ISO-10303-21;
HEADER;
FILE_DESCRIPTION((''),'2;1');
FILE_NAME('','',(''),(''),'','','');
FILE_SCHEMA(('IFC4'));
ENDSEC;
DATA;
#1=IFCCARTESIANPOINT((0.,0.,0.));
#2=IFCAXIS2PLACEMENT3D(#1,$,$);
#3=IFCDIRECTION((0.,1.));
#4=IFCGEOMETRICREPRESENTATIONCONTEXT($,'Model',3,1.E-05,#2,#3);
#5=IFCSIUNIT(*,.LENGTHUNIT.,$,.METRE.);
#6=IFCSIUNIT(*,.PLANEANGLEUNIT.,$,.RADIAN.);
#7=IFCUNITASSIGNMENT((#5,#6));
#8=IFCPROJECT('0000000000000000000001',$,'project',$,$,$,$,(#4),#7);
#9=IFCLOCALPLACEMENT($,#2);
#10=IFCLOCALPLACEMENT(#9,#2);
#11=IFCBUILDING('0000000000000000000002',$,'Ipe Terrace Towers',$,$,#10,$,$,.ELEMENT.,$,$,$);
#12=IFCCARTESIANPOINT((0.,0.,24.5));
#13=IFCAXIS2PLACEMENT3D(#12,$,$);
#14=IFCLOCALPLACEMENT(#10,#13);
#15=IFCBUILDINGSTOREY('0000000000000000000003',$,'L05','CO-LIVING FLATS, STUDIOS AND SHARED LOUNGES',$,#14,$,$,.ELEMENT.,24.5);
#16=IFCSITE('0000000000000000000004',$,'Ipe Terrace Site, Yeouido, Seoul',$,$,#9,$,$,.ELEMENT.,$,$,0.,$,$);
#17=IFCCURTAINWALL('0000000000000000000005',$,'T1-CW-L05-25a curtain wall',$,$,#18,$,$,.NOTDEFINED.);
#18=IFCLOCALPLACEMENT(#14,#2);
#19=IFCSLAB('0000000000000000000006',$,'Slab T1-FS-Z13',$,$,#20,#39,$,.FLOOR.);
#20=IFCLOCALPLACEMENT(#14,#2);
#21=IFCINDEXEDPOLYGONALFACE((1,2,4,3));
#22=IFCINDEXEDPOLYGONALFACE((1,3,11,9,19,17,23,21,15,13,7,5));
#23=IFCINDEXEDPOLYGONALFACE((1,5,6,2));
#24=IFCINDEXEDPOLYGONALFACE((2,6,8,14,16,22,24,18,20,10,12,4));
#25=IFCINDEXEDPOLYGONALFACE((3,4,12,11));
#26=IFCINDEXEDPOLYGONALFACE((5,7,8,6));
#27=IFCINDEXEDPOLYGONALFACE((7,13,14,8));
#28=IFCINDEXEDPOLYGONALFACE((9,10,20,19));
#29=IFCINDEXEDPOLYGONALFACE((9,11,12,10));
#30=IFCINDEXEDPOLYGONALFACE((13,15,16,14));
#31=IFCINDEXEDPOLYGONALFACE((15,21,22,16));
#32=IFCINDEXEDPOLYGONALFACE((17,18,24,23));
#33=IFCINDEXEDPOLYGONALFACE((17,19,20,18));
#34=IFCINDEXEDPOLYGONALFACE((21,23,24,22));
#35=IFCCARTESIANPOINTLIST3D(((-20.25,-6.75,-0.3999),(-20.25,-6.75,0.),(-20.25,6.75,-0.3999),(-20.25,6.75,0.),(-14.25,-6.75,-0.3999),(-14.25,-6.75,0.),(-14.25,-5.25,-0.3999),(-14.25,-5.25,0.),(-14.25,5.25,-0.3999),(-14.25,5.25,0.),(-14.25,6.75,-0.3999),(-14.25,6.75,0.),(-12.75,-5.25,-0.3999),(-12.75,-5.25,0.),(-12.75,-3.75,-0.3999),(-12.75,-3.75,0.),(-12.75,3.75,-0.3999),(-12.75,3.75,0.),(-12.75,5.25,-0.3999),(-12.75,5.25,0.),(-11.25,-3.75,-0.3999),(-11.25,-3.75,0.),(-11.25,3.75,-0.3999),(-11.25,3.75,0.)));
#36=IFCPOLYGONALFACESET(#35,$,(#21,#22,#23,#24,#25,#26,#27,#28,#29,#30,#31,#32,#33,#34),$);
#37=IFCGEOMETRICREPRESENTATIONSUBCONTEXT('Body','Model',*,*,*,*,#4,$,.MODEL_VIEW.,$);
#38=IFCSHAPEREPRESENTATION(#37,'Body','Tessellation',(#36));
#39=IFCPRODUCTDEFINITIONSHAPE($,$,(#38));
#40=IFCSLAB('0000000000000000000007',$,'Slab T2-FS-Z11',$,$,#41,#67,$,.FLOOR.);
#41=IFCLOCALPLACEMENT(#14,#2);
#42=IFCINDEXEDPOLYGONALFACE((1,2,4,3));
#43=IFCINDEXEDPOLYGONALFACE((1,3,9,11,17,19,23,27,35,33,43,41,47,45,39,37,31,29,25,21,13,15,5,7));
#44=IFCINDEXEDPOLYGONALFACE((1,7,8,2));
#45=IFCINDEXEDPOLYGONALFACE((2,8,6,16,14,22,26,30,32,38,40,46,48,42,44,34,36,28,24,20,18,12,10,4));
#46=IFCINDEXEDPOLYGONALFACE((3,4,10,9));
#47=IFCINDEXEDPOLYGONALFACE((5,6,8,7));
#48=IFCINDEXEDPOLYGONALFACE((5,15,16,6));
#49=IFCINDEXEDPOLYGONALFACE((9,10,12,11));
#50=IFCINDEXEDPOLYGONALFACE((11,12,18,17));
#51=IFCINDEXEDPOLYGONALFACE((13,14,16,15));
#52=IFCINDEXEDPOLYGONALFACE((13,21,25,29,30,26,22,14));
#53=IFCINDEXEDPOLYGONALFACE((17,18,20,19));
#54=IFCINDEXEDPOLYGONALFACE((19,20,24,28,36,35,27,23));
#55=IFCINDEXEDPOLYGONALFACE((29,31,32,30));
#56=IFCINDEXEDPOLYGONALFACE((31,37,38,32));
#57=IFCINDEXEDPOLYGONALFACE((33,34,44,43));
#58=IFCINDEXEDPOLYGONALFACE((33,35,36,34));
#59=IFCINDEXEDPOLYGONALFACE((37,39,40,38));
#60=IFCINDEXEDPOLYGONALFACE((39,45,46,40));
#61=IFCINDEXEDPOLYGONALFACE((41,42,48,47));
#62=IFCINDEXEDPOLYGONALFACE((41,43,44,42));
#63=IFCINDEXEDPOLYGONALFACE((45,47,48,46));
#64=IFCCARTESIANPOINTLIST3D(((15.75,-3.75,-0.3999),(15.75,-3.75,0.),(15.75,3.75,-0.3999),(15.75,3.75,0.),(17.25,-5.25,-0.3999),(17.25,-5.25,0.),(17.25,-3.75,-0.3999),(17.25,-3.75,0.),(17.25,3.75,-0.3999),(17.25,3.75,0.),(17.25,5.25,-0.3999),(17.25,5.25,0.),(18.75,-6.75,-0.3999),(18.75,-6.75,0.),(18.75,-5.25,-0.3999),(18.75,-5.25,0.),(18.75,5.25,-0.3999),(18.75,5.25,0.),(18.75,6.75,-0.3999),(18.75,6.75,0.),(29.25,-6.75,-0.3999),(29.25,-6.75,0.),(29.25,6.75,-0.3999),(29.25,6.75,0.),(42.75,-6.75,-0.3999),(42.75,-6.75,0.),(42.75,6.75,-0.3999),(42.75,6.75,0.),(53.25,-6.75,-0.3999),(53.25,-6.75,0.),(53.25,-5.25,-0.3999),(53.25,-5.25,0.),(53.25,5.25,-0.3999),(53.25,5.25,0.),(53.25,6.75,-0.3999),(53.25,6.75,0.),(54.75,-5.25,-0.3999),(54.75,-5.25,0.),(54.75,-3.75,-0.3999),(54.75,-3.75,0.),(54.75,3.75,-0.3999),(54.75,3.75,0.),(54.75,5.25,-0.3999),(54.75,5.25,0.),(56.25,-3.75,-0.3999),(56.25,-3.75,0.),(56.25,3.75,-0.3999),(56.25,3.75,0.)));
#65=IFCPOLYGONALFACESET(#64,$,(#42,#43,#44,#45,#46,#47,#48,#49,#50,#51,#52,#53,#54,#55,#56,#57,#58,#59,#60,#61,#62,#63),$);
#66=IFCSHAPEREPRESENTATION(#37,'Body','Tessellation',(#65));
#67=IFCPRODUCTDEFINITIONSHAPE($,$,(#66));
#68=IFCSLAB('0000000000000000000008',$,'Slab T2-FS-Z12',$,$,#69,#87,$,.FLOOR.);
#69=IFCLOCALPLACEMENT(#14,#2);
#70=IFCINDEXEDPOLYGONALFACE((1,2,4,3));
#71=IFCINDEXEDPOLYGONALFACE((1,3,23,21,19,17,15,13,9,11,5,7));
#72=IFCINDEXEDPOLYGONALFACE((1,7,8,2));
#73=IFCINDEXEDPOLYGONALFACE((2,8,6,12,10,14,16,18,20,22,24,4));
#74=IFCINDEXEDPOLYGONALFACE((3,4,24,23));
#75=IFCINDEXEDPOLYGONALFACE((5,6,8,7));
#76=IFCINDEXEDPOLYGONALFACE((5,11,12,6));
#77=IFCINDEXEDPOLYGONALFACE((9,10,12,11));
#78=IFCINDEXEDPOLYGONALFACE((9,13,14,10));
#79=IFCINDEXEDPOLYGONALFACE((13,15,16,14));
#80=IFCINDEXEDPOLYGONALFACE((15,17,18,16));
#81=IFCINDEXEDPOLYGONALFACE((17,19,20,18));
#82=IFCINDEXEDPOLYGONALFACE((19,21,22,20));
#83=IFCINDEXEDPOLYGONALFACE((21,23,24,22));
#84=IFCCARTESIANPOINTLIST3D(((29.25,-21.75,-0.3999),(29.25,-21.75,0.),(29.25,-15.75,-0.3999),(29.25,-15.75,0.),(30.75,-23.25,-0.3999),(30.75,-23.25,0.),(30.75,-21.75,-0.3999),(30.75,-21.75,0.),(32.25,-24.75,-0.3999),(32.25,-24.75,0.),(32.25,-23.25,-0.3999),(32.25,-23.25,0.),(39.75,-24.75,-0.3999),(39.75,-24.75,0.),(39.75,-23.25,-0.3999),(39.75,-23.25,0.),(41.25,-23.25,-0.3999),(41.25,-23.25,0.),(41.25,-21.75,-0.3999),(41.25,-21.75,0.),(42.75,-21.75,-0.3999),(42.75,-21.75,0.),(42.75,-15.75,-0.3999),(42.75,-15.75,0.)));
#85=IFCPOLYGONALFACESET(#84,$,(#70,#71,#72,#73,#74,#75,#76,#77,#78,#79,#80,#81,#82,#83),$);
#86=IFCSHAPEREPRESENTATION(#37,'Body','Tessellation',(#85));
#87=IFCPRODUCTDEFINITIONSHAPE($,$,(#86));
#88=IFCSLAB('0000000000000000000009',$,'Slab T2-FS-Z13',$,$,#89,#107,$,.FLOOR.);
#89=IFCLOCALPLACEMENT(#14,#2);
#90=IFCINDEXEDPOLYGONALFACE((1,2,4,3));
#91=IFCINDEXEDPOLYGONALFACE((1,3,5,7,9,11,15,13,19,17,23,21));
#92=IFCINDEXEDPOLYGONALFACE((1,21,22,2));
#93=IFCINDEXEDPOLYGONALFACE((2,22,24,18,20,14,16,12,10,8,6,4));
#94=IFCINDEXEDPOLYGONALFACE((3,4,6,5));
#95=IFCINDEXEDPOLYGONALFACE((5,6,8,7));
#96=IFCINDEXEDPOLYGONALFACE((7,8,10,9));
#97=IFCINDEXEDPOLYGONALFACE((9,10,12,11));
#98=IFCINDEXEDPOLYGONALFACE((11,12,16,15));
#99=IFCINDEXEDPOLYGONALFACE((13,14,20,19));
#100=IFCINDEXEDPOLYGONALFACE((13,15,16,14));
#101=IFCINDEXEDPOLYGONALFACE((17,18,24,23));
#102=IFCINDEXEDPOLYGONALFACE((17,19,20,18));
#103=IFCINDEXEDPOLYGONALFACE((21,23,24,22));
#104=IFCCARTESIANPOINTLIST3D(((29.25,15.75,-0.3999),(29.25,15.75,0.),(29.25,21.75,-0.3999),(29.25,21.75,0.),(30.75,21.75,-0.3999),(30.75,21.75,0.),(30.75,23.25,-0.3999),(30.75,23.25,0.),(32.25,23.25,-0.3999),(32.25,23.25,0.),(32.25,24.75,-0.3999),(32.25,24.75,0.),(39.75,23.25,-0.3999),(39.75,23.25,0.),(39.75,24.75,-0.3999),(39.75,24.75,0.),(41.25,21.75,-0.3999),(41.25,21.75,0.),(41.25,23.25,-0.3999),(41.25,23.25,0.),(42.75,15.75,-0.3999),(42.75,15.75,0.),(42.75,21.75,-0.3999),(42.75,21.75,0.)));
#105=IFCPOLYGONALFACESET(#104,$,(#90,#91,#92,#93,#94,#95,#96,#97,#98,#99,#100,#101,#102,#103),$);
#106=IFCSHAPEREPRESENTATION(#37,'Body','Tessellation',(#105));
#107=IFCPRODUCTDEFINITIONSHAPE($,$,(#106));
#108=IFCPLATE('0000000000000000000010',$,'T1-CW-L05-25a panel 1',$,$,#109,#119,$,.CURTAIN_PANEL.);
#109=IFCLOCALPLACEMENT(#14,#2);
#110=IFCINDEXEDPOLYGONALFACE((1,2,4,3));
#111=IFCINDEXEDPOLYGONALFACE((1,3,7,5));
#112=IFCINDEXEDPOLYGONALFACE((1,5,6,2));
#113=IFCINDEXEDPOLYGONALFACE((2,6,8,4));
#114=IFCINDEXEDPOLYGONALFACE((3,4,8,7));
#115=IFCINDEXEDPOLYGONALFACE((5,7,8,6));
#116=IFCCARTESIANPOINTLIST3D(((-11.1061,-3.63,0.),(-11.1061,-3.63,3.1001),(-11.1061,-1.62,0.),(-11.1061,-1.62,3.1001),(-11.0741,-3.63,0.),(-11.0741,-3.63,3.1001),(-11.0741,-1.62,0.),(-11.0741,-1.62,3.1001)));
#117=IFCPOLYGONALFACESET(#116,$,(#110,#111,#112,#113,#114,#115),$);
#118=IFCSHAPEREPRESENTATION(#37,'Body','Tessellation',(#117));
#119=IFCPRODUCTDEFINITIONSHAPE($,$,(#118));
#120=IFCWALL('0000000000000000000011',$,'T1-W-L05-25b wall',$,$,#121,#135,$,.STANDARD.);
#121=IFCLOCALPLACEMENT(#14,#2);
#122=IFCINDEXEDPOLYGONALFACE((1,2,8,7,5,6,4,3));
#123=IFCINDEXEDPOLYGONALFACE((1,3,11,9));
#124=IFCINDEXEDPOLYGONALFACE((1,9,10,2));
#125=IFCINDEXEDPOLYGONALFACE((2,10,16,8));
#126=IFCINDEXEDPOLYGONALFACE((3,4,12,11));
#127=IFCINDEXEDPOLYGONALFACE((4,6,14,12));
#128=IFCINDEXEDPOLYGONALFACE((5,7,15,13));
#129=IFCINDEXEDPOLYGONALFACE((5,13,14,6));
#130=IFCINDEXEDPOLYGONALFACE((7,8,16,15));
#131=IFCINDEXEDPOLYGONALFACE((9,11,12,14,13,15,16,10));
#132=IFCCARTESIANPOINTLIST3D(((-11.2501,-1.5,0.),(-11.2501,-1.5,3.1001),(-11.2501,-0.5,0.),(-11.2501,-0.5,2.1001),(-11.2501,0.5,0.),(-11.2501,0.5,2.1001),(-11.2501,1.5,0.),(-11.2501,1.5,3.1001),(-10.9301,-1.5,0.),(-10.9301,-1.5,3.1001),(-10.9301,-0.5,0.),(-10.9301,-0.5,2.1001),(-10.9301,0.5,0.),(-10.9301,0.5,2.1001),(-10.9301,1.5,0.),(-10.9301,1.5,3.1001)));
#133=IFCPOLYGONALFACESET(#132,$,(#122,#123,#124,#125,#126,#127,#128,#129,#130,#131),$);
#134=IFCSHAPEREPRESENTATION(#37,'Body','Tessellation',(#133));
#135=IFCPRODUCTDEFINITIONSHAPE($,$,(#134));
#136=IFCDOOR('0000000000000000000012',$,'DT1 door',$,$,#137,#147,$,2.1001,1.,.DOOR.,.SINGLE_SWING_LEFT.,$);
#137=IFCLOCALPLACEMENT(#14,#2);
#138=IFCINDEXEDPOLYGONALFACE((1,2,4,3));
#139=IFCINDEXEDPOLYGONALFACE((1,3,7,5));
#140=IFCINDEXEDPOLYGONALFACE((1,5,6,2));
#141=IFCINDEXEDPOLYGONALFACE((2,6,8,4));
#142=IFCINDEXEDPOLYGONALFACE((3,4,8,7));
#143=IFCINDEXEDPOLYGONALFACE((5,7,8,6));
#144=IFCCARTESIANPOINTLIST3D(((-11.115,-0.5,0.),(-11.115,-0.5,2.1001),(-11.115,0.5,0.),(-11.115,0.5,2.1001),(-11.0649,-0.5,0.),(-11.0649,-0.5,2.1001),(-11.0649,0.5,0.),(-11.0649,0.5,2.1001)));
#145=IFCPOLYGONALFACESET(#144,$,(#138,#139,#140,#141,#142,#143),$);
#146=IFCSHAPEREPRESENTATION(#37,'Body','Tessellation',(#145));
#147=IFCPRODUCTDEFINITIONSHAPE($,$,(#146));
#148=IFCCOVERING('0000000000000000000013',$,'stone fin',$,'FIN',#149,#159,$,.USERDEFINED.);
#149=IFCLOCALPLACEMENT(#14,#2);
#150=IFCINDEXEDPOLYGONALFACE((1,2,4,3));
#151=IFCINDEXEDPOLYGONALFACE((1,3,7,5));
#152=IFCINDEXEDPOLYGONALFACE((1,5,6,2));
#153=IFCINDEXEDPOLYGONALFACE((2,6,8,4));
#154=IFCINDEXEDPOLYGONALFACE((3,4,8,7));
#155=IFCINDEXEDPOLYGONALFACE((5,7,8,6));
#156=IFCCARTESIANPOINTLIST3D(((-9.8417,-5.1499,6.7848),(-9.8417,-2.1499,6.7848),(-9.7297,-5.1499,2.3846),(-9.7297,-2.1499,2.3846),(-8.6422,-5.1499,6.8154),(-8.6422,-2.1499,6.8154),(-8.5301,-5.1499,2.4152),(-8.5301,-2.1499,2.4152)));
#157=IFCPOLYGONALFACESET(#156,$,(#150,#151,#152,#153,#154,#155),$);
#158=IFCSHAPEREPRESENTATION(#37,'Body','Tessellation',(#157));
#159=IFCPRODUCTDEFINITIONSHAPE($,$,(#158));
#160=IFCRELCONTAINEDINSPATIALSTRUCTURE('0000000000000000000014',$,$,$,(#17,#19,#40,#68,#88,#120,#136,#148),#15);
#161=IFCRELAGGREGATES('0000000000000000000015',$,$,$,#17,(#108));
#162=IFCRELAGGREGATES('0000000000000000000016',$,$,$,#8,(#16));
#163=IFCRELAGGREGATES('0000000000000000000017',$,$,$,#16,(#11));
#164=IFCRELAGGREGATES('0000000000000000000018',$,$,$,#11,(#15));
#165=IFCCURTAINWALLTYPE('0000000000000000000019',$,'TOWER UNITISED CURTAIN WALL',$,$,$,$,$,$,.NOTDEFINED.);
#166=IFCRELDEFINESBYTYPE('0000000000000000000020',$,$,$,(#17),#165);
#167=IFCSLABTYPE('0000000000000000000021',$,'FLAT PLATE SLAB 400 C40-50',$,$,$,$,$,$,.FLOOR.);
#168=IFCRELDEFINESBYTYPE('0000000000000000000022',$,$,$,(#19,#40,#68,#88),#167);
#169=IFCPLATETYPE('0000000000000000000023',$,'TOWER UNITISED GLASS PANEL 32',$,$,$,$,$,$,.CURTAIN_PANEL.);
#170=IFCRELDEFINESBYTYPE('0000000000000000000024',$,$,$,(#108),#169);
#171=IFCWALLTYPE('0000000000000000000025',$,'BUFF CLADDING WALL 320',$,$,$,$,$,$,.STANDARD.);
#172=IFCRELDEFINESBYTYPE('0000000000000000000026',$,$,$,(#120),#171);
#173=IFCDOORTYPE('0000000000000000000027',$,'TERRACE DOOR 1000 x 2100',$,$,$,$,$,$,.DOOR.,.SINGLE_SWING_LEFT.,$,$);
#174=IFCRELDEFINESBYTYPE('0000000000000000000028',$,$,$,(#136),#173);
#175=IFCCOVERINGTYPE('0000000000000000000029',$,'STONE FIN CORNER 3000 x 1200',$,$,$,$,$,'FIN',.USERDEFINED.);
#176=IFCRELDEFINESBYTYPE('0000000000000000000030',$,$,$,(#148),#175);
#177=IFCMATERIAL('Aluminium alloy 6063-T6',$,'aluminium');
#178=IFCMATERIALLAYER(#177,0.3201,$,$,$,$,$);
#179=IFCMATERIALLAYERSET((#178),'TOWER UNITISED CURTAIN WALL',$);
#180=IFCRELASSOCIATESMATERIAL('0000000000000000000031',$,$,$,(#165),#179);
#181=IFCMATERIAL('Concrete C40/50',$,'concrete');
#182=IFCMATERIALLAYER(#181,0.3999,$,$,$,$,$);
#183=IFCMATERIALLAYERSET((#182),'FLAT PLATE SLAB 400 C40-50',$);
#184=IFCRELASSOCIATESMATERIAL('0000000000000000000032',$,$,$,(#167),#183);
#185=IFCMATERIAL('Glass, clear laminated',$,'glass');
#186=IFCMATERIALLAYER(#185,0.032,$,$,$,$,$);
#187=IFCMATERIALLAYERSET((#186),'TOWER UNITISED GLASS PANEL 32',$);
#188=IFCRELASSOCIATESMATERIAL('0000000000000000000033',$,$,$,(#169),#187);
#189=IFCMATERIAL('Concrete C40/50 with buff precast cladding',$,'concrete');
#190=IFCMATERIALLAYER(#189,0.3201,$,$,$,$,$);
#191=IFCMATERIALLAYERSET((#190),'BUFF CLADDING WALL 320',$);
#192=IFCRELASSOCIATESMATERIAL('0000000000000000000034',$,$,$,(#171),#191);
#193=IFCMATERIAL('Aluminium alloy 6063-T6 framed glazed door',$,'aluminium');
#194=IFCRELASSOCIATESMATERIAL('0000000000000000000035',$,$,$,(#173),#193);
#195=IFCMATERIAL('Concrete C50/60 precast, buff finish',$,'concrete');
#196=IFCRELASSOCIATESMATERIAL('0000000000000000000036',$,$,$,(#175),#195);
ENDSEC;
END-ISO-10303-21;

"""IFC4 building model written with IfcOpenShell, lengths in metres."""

from ifc_helpers import new_model, si_unit, direction, frame, frame_2d, origin, origin_2d, place, context, subcontext, project, spatial, polyline, rectangle, outline, extrude, material, layer, layer_set, material_profile, profile_set, type_object, element, fill, aggregate, save


model = new_model("IFC4")

# Units and contexts
model_context = context("Model", 3, precision=1e-05, world=origin(), true_north=direction((0.0, 1.0)))
body_context = subcontext(model_context, "Body", "Model", "MODEL_VIEW")
ifc_project = project(units=[si_unit("LENGTHUNIT", "METRE"), si_unit("PLANEANGLEUNIT", "RADIAN")], contexts=[model_context])

# Site, building, storey
site_placement = place(None, origin())
site = spatial("IfcSite", under=ifc_project, at=site_placement, Name="Ipe Terrace Site, Yeouido, Seoul", CompositionType="ELEMENT", RefElevation=0.0)
building_placement = place(site_placement, origin())
building = spatial("IfcBuilding", under=site, at=building_placement, Name="Ipe Terrace Towers", CompositionType="ELEMENT")
storey_placement = place(building_placement, frame((0.0, 0.0, 24.5)))
storey = spatial("IfcBuildingStorey", under=building, at=storey_placement, Name="L05", Description="CO-LIVING FLATS, STUDIOS AND SHARED LOUNGES", CompositionType="ELEMENT", Elevation=24.5)

# Curtain wall
ifc_material_1 = material(Name="Aluminium alloy 6063-T6", Category="aluminium")
ifc_layer_1 = layer(ifc_material_1, 0.3201)
ifc_layer_set_1 = layer_set([ifc_layer_1], Name="TOWER UNITISED CURTAIN WALL")
curtain_wall_type = type_object("IfcCurtainWallType", Name="TOWER UNITISED CURTAIN WALL", PredefinedType="NOTDEFINED", material=ifc_layer_set_1)
curtain_wall_placement = place(storey_placement, origin())
curtain_wall = element("IfcCurtainWall", 1, at=curtain_wall_placement, inside=storey, type_object=curtain_wall_type, Name="T1-CW-L05-25a curtain wall", PredefinedType="NOTDEFINED")

# Slabs
ifc_material_2 = material(Name="Concrete C40/50", Category="concrete")
ifc_layer_2 = layer(ifc_material_2, 0.3999)
ifc_layer_set_2 = layer_set([ifc_layer_2], Name="FLAT PLATE SLAB 400 C40-50")
slab_type_1 = type_object("IfcSlabType", Name="FLAT PLATE SLAB 400 C40-50", PredefinedType="FLOOR", material=ifc_layer_set_2)
slab_1_placement = place(storey_placement, frame((0.0, 0.0, -0.3999)))
element("IfcSlab", 2, at=slab_1_placement, inside=storey, type_object=slab_type_1, Name="Slab T1-FS-Z13", PredefinedType="FLOOR", context=body_context, shape_type="SweptSolid", body=[
    extrude(outline(polyline([(-14.25, 5.25), (-12.75, 5.25), (-12.75, 3.75), (-11.25, 3.75), (-11.25, -3.75), (-12.75, -3.75), (-12.75, -5.25), (-14.25, -5.25), (-14.25, -6.75), (-20.25, -6.75), (-20.25, 6.75), (-14.25, 6.75), (-14.25, 5.25)])), origin(), (0.0, 0.0, 1.0), 0.3999),
])
slab_2_placement = place(storey_placement, frame((0.0, 0.0, -0.3999)))
element("IfcSlab", 3, at=slab_2_placement, inside=storey, type_object=slab_type_1, Name="Slab T2-FS-Z11", PredefinedType="FLOOR", context=body_context, shape_type="SweptSolid", body=[
    extrude(outline(polyline([(53.25, 5.25), (54.75, 5.25), (54.75, 3.75), (56.25, 3.75), (56.25, -3.75), (54.75, -3.75), (54.75, -5.25), (53.25, -5.25), (53.25, -6.75), (42.75, -6.75), (29.25, -6.75), (18.75, -6.75), (18.75, -5.25), (17.25, -5.25), (17.25, -3.75), (15.75, -3.75), (15.75, 3.75), (17.25, 3.75), (17.25, 5.25), (18.75, 5.25), (18.75, 6.75), (29.25, 6.75), (42.75, 6.75), (53.25, 6.75), (53.25, 5.25)])), origin(), (0.0, 0.0, 1.0), 0.3999),
])
slab_3_placement = place(storey_placement, frame((0.0, 0.0, -0.3999)))
element("IfcSlab", 4, at=slab_3_placement, inside=storey, type_object=slab_type_1, Name="Slab T2-FS-Z12", PredefinedType="FLOOR", context=body_context, shape_type="SweptSolid", body=[
    extrude(outline(polyline([(42.75, -21.75), (41.25, -21.75), (41.25, -23.25), (39.75, -23.25), (39.75, -24.75), (32.25, -24.75), (32.25, -23.25), (30.75, -23.25), (30.75, -21.75), (29.25, -21.75), (29.25, -15.75), (42.75, -15.75), (42.75, -21.75)])), origin(), (0.0, 0.0, 1.0), 0.3999),
])
slab_4_placement = place(storey_placement, frame((0.0, 0.0, -0.3999)))
element("IfcSlab", 5, at=slab_4_placement, inside=storey, type_object=slab_type_1, Name="Slab T2-FS-Z13", PredefinedType="FLOOR", context=body_context, shape_type="SweptSolid", body=[
    extrude(outline(polyline([(30.75, 21.75), (30.75, 23.25), (32.25, 23.25), (32.25, 24.75), (39.75, 24.75), (39.75, 23.25), (41.25, 23.25), (41.25, 21.75), (42.75, 21.75), (42.75, 15.75), (29.25, 15.75), (29.25, 21.75), (30.75, 21.75)])), origin(), (0.0, 0.0, 1.0), 0.3999),
])

# Plate
ifc_material_3 = material(Name="Glass, clear laminated", Category="glass")
ifc_layer_3 = layer(ifc_material_3, 0.032)
ifc_layer_set_3 = layer_set([ifc_layer_3], Name="TOWER UNITISED GLASS PANEL 32")
plate_type = type_object("IfcPlateType", Name="TOWER UNITISED GLASS PANEL 32", PredefinedType="CURTAIN_PANEL", material=ifc_layer_set_3)
plate_placement = place(storey_placement, frame((-11.0901, -2.625, 0.0), z_axis=(0.0, 0.0, 1.0), x_axis=(0.0, 1.0, 0.0)))
plate = element("IfcPlate", 6, at=plate_placement, type_object=plate_type, Name="T1-CW-L05-25a panel 1", PredefinedType="CURTAIN_PANEL", context=body_context, shape_type="SweptSolid", body=[
    extrude(rectangle(XDim=2.01, YDim=0.032, at=origin_2d()), origin(), (0.0, 0.0, 1.0), 3.1001),
])
aggregate(curtain_wall, [plate])

# Wall, opening, door
ifc_material_4 = material(Name="Concrete C40/50 with buff precast cladding", Category="concrete")
ifc_layer_4 = layer(ifc_material_4, 0.3201)
ifc_layer_set_4 = layer_set([ifc_layer_4], Name="BUFF CLADDING WALL 320")
wall_type = type_object("IfcWallType", Name="BUFF CLADDING WALL 320", PredefinedType="STANDARD", material=ifc_layer_set_4)
wall_placement = place(storey_placement, frame((-11.0901, -1.5, 0.0), z_axis=(0.0, 0.0, 1.0), x_axis=(0.0, 1.0, 0.0)))
wall = element("IfcWall", 7, at=wall_placement, inside=storey, type_object=wall_type, Name="T1-W-L05-25b wall", PredefinedType="STANDARD", context=body_context, shape_type="SweptSolid", body=[
    extrude(rectangle(XDim=3.0, YDim=0.3201, at=frame_2d((1.5, 0.0))), origin(), (0.0, 0.0, 1.0), 3.1001),
])
opening_1_placement = place(wall_placement, frame((1.0, 0.0, 0.0)))
opening_1 = element("IfcOpeningElement", 8, at=opening_1_placement, cuts=wall, PredefinedType="OPENING", context=body_context, shape_type="SweptSolid", body=[
    extrude(rectangle(XDim=1.0, YDim=2.1001, at=frame_2d((0.5, 1.05))), frame((0.0, 0.1699, 0.0), z_axis=(0.0, -1.0, 0.0), x_axis=(1.0, 0.0, 0.0)), (0.0, 0.0, 1.0), 0.3401),
])
ifc_material_5 = material(Name="Aluminium alloy 6063-T6 framed glazed door", Category="aluminium")
door_type = type_object("IfcDoorType", Name="TERRACE DOOR 1000 x 2100", OperationType="SINGLE_SWING_LEFT", PredefinedType="DOOR", material=ifc_material_5)
door_placement = place(opening_1_placement, origin())
door = element("IfcDoor", 9, at=door_placement, inside=storey, type_object=door_type, Name="DT1 door", OperationType="SINGLE_SWING_LEFT", OverallHeight=2.1001, OverallWidth=1.0, PredefinedType="DOOR", context=body_context, shape_type="SweptSolid", body=[
    extrude(rectangle(XDim=1.0, YDim=2.1001, at=frame_2d((0.5, 1.05))), frame((0.0, 0.0249, 0.0), z_axis=(0.0, -1.0, 0.0), x_axis=(1.0, 0.0, 0.0)), (0.0, 0.0, 1.0), 0.05),
])
fill(opening_1, door)

# Covering
ifc_material_6 = material(Name="Concrete C50/60 precast, buff finish", Category="concrete")
ifc_material_profile_1 = material_profile(ifc_material_6, rectangle(XDim=3.0, YDim=1.2, at=origin_2d()), Name="STONE FIN CORNER 3000 x 1200")
ifc_profile_set_1 = profile_set([ifc_material_profile_1], Name="Concrete C50/60 precast, buff finish")
covering_type = type_object("IfcCoveringType", Name="STONE FIN CORNER 3000 x 1200", ElementType="FIN", PredefinedType="USERDEFINED", material=ifc_profile_set_1)
covering_placement = place(storey_placement, frame((-9.1299, -3.6499, 2.3999), z_axis=(-0.025459, 0.0, 0.999676), x_axis=(0.0, 1.0, 0.0)))
element("IfcCovering", 10, at=covering_placement, inside=storey, type_object=covering_type, Name="stone fin", ObjectType="FIN", PredefinedType="USERDEFINED", context=body_context, shape_type="SweptSolid", body=[
    extrude(rectangle(XDim=3.0, YDim=1.2, at=origin_2d()), origin(), (0.0, 0.0, 1.0), 4.4016),
])

save(model, "model.ifc")
